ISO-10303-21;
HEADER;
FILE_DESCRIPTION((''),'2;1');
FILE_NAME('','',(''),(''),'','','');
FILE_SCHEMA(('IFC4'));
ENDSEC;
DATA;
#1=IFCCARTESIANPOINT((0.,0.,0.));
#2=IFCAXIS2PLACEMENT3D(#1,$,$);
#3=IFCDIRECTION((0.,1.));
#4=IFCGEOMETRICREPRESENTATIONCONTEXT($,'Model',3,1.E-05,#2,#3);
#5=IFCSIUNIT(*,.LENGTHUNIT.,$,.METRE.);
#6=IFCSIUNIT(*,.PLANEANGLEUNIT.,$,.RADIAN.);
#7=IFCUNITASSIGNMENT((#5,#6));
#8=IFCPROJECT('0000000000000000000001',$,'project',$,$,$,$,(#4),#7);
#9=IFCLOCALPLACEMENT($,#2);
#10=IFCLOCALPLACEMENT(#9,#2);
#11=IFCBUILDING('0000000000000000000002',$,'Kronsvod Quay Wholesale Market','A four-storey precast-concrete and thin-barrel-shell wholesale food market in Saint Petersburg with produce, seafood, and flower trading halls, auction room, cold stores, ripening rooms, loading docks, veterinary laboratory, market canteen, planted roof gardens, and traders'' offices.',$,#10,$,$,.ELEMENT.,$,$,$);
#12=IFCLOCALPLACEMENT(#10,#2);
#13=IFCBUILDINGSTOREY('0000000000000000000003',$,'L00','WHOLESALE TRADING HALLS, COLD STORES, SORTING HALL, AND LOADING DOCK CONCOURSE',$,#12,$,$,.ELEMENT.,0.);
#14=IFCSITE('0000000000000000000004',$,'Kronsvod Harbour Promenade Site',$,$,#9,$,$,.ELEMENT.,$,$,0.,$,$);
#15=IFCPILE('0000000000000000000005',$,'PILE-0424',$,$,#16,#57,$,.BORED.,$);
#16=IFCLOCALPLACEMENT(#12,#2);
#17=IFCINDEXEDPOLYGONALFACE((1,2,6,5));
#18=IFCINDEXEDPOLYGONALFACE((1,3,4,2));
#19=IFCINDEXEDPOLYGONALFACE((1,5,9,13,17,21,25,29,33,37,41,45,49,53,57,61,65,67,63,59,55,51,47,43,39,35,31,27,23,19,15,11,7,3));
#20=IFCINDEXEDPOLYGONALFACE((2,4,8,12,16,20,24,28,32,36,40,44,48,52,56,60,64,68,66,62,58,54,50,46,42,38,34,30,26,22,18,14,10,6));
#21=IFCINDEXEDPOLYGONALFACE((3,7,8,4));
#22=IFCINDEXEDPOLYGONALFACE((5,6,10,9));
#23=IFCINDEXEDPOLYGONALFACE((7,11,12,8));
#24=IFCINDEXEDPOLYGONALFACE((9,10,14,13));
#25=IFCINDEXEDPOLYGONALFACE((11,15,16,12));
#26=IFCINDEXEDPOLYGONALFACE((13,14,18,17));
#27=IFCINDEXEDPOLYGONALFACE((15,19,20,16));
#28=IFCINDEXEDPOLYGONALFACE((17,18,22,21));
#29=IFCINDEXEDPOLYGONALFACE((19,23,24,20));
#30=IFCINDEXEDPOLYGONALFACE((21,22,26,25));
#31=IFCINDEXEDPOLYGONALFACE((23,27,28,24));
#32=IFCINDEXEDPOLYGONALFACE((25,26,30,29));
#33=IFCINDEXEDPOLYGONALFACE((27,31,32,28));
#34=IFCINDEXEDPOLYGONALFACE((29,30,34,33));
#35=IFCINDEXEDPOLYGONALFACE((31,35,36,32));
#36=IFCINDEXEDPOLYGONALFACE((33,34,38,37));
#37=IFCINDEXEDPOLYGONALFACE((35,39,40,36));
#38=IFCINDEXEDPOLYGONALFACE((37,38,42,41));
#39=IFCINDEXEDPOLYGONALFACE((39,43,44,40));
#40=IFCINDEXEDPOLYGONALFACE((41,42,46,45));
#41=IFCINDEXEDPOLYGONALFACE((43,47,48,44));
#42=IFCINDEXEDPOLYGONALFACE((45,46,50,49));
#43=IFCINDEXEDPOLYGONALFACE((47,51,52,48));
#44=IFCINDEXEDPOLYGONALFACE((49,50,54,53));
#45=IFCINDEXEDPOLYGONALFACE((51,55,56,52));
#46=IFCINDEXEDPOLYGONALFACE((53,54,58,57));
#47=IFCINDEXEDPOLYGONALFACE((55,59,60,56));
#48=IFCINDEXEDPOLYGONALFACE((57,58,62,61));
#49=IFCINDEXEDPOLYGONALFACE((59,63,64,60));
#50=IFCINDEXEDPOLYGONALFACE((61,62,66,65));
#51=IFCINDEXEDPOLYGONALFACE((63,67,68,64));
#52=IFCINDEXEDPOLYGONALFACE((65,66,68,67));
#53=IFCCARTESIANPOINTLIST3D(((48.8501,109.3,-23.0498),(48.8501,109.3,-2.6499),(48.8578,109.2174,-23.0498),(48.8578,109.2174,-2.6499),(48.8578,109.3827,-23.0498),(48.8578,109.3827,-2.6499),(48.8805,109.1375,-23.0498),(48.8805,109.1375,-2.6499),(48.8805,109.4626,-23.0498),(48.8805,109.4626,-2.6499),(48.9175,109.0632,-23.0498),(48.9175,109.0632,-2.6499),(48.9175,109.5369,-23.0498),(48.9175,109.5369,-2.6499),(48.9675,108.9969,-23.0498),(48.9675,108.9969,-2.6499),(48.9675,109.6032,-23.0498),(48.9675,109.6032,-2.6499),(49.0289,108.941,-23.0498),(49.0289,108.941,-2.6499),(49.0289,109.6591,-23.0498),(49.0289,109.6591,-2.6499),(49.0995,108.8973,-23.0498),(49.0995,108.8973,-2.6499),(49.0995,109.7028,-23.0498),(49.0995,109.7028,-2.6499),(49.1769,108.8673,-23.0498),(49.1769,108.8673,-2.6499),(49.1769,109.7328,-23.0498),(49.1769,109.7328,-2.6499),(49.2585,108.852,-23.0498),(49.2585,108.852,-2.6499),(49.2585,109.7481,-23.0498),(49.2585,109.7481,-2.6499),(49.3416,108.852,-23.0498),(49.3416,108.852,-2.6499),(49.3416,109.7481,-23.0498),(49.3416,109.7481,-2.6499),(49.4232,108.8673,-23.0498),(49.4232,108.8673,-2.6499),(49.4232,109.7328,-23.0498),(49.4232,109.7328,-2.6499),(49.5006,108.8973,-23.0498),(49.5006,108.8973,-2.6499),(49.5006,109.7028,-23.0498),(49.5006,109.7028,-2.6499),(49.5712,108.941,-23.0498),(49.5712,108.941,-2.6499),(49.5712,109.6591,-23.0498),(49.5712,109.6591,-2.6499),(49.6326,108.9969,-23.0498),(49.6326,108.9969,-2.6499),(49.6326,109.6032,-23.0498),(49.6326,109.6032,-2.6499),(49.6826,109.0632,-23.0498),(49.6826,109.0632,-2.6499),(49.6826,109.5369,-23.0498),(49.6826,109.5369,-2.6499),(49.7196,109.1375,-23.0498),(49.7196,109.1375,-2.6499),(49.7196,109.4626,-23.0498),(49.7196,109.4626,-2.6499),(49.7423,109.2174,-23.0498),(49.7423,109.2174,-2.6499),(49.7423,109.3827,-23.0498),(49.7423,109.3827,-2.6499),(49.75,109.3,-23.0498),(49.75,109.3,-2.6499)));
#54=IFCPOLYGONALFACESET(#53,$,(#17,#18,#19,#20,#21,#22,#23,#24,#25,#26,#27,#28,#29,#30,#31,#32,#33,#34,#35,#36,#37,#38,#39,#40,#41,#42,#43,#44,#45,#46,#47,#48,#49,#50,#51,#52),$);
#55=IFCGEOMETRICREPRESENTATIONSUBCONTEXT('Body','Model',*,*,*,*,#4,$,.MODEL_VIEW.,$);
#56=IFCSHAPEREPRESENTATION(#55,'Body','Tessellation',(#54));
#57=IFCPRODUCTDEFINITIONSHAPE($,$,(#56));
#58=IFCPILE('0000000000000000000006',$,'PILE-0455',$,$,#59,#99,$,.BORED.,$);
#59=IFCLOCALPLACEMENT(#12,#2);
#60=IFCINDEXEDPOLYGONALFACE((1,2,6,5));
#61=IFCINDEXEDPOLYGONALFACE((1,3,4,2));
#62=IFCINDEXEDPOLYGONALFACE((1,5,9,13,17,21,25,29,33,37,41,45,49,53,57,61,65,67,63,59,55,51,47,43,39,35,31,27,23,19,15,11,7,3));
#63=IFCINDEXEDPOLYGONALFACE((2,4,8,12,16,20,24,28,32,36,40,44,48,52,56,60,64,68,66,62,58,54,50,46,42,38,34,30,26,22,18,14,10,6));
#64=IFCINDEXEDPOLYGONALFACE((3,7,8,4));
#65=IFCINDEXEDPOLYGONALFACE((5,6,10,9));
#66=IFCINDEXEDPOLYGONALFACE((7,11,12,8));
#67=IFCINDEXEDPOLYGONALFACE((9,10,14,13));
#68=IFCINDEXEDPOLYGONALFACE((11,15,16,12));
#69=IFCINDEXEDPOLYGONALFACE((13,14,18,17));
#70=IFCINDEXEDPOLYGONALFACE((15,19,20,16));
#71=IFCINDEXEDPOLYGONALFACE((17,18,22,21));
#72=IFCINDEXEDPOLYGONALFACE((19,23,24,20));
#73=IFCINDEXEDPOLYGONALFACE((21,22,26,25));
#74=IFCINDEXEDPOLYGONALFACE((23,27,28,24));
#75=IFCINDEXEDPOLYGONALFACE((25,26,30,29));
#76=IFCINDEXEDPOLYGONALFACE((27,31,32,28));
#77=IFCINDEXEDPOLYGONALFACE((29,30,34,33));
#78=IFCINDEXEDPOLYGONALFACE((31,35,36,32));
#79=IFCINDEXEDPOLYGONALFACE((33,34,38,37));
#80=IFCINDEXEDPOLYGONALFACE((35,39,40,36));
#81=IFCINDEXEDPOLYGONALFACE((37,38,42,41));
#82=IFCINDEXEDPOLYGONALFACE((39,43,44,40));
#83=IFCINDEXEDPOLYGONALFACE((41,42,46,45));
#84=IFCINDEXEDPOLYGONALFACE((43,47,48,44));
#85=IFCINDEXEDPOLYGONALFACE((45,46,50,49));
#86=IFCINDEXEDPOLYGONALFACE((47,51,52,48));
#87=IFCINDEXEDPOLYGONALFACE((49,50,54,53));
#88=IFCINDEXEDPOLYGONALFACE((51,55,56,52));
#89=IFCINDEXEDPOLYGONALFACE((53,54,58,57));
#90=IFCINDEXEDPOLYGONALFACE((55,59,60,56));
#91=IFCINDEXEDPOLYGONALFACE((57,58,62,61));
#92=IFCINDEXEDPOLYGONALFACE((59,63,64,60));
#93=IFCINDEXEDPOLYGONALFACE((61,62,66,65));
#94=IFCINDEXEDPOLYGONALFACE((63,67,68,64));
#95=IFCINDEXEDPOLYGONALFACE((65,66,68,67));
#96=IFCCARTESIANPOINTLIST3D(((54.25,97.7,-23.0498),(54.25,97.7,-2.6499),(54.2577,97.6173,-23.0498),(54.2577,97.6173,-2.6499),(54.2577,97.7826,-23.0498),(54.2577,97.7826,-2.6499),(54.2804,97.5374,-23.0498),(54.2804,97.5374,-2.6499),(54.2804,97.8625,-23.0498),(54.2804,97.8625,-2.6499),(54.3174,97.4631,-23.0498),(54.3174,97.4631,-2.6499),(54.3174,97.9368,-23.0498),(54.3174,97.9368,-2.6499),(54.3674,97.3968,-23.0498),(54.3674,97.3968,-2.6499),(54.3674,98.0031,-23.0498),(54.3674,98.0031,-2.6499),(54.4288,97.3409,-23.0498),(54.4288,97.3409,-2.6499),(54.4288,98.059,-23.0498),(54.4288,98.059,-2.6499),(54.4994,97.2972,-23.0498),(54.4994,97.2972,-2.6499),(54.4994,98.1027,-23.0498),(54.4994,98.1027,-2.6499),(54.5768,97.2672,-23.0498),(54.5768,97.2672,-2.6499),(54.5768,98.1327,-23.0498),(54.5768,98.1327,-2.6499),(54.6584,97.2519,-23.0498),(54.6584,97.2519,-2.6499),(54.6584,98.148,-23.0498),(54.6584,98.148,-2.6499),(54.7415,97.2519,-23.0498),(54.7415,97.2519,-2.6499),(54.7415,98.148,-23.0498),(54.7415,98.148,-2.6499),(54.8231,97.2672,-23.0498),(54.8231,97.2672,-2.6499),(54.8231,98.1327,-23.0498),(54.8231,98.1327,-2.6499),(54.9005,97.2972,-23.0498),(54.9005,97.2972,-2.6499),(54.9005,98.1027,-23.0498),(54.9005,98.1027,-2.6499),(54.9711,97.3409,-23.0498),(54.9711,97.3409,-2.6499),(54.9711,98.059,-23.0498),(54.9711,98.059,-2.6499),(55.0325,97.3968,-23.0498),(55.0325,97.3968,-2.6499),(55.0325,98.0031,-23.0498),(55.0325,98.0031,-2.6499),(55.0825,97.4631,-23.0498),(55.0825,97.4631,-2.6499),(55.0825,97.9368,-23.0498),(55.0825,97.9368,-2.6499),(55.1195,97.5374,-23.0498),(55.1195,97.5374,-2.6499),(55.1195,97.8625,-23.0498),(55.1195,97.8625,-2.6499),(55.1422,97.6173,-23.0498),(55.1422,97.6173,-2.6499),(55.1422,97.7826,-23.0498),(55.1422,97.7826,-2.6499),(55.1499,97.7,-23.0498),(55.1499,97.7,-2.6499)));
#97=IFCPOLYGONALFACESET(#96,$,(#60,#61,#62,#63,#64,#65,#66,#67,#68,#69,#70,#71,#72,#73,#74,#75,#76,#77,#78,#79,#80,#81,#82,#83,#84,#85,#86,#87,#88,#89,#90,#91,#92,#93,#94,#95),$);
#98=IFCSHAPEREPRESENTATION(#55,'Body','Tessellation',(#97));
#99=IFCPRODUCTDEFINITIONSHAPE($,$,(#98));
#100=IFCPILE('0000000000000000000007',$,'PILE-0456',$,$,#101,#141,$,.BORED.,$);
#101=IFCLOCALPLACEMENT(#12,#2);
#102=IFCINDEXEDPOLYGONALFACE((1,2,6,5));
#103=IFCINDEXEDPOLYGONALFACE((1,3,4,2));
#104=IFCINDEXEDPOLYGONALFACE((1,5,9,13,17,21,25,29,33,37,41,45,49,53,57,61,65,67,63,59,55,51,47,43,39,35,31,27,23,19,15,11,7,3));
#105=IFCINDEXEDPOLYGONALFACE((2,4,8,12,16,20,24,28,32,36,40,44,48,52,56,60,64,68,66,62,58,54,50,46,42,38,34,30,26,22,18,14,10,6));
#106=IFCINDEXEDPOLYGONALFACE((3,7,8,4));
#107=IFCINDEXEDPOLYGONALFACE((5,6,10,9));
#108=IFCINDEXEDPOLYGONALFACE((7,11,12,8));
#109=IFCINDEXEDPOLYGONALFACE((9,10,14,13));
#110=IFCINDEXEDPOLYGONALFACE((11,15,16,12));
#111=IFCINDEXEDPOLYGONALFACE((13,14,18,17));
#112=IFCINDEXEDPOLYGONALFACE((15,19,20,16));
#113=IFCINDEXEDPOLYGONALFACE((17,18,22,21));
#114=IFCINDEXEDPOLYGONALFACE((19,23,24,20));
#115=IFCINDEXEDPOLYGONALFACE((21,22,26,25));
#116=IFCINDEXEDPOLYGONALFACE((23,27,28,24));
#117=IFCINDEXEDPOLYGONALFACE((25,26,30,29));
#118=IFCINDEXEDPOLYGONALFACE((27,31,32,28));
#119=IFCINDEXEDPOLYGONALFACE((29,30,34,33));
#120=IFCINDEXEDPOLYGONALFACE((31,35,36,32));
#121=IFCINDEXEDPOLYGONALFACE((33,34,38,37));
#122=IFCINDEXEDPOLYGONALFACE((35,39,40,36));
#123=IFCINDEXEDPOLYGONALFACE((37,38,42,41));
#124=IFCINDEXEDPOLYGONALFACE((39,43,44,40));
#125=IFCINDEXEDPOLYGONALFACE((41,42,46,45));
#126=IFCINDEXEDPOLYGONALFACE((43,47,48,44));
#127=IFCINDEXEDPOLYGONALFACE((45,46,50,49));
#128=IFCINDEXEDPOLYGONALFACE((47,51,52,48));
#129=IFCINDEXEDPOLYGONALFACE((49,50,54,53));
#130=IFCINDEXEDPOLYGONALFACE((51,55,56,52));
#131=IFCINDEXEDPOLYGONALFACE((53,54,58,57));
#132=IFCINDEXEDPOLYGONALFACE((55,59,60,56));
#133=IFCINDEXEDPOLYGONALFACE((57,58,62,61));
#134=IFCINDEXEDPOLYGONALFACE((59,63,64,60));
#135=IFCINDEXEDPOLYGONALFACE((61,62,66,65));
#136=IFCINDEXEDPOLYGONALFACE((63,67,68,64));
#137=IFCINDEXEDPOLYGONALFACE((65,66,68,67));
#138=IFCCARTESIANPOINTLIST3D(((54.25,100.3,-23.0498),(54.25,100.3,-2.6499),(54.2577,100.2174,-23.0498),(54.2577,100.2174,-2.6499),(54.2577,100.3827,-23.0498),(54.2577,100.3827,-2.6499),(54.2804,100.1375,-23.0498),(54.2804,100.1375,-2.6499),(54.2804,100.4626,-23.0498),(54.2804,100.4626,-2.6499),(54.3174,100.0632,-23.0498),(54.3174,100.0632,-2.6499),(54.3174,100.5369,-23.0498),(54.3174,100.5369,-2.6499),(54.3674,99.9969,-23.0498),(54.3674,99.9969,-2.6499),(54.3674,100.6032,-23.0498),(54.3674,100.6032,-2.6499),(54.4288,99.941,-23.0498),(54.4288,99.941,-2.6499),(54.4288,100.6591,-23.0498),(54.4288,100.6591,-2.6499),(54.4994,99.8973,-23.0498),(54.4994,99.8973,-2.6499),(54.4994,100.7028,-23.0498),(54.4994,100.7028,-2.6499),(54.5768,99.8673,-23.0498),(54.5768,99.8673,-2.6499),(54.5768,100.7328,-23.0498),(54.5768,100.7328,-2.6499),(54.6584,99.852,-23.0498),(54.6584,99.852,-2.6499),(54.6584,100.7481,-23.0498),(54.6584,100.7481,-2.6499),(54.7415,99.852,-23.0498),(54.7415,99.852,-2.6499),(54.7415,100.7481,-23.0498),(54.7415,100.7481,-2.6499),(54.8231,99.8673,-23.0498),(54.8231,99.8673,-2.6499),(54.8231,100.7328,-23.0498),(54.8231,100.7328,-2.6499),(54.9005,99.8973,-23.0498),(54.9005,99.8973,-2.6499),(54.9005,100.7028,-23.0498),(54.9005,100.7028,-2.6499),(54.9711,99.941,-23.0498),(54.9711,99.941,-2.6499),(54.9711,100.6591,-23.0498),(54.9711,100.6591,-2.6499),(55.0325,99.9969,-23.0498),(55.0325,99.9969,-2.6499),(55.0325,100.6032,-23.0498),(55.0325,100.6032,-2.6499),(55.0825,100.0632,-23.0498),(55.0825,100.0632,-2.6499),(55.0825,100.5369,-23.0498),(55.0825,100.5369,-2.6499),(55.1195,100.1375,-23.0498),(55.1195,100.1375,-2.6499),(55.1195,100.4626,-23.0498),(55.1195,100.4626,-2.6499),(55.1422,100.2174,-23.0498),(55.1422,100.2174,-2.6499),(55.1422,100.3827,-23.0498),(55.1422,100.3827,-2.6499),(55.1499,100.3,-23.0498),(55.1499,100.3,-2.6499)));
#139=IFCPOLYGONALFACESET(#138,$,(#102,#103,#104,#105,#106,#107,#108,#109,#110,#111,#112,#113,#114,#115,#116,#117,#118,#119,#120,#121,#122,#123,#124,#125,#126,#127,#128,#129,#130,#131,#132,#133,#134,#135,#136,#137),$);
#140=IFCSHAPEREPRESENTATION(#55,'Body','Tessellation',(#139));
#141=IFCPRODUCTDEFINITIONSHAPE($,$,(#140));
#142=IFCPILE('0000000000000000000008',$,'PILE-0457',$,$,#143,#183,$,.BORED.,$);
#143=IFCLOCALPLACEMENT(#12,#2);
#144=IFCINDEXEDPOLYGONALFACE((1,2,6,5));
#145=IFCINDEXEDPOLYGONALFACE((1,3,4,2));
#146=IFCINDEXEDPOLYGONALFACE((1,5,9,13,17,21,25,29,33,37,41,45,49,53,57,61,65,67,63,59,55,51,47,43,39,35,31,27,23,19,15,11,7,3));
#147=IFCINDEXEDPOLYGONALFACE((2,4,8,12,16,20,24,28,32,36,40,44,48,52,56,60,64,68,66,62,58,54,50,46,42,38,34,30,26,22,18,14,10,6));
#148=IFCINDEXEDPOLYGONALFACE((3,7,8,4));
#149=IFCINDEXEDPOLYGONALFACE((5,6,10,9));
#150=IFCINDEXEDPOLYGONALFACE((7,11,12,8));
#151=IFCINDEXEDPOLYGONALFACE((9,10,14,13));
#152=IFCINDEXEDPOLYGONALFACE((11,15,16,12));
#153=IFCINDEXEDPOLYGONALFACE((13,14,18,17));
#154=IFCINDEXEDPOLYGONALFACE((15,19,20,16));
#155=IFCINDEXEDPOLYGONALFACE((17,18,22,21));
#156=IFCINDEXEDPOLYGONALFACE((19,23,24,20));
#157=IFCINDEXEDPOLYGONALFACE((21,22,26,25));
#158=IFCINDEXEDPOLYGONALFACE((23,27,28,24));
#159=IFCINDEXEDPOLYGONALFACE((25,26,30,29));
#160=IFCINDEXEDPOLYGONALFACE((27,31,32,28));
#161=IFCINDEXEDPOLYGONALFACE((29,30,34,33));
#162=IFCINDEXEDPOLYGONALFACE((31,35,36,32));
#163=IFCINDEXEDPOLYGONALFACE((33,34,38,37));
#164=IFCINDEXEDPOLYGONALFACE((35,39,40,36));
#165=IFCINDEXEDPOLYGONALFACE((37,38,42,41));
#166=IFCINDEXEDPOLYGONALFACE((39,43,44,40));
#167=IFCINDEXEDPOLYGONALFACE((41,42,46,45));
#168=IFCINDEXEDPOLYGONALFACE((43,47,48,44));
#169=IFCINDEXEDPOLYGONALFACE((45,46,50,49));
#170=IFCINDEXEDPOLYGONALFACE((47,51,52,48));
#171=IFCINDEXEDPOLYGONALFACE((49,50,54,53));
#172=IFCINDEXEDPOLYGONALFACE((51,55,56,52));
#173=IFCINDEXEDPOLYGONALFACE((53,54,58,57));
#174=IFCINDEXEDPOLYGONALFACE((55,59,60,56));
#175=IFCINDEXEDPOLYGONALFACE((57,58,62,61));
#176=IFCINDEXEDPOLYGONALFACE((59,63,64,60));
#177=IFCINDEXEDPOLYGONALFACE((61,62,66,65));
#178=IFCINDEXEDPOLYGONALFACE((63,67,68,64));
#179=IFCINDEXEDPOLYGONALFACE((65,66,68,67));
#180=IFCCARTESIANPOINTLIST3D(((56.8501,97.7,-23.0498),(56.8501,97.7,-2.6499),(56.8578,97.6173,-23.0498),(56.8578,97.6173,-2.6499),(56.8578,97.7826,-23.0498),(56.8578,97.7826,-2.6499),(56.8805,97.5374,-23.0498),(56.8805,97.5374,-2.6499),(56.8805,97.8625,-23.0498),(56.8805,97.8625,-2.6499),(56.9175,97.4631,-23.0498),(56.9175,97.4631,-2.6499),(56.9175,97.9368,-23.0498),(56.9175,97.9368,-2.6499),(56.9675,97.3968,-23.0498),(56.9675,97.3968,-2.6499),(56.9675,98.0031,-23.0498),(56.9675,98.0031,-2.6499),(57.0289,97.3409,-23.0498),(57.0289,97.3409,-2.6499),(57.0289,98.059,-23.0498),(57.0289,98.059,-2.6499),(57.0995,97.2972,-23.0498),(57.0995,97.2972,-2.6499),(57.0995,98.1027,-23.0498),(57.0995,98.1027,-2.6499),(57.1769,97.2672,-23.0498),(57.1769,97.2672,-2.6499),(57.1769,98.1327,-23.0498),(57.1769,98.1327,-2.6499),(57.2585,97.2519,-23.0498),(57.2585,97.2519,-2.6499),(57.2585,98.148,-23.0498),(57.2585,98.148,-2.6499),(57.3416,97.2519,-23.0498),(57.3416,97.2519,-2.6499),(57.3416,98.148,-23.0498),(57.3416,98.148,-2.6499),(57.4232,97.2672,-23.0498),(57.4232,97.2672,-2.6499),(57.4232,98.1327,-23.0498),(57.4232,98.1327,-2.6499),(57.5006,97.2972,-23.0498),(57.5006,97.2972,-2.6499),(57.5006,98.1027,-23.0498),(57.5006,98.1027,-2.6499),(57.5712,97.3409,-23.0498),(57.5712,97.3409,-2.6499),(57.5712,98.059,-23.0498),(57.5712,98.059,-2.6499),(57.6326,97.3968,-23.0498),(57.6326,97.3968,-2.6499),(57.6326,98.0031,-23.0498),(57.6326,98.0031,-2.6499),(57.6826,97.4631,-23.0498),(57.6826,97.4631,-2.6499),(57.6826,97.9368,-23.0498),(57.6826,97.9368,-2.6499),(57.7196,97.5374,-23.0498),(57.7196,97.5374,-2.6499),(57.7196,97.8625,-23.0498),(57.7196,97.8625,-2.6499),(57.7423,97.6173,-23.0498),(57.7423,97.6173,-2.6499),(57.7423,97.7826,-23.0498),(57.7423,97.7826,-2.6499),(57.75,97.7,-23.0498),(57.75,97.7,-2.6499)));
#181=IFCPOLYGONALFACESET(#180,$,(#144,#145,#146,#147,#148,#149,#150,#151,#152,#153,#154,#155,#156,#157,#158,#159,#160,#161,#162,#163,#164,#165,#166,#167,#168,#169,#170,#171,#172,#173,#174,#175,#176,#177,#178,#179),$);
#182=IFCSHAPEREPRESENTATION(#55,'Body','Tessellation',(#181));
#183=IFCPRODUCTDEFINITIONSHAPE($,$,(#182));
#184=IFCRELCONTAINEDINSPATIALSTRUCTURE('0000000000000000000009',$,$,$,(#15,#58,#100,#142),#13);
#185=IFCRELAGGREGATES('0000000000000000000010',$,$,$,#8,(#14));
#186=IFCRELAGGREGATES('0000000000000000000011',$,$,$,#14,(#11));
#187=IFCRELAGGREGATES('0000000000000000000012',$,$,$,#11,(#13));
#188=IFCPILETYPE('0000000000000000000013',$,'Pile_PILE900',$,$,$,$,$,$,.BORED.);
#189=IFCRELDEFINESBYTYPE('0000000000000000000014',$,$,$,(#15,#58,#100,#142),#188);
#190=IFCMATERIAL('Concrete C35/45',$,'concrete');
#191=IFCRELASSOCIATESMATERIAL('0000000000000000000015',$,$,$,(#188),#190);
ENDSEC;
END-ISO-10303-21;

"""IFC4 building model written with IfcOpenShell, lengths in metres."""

from ifc_helpers import new_model, si_unit, direction, frame, origin, origin_2d, place, context, subcontext, project, spatial, circle, extrude, material, material_profile, profile_set, type_object, element, save


model = new_model("IFC4")

# Units and contexts
model_context = context("Model", 3, precision=1e-05, world=origin(), true_north=direction((0.0, 1.0)))
body_context = subcontext(model_context, "Body", "Model", "MODEL_VIEW")
ifc_project = project(units=[si_unit("LENGTHUNIT", "METRE"), si_unit("PLANEANGLEUNIT", "RADIAN")], contexts=[model_context])

# Site, building, storey
site_placement = place(None, origin())
site = spatial("IfcSite", under=ifc_project, at=site_placement, Name="Kronsvod Harbour Promenade Site", CompositionType="ELEMENT", RefElevation=0.0)
building_placement = place(site_placement, origin())
building = spatial("IfcBuilding", under=site, at=building_placement, Name="Kronsvod Quay Wholesale Market", Description="A four-storey precast-concrete and thin-barrel-shell wholesale food market in Saint Petersburg with produce, seafood, and flower trading halls, auction room, cold stores, ripening rooms, loading docks, veterinary laboratory, market canteen, planted roof gardens, and traders' offices.", CompositionType="ELEMENT")
storey_placement = place(building_placement, origin())
storey = spatial("IfcBuildingStorey", under=building, at=storey_placement, Name="L00", Description="WHOLESALE TRADING HALLS, COLD STORES, SORTING HALL, AND LOADING DOCK CONCOURSE", CompositionType="ELEMENT", Elevation=0.0)

# Piles
ifc_material_1 = material(Name="Concrete C35/45", Category="concrete")
ifc_material_profile_1 = material_profile(ifc_material_1, circle(Radius=0.45, at=origin_2d()), Name="PILE900")
ifc_profile_set_1 = profile_set([ifc_material_profile_1], Name="Concrete C35/45")
pile_type = type_object("IfcPileType", Name="Pile_PILE900", PredefinedType="BORED", material=ifc_profile_set_1)
for number, where, z_axis, x_axis, name in (
    (1, (49.3, 109.3, -2.6499), (0.0, 0.0, -1.0), (1.0, 0.0, 0.0), "PILE-0424"),
    (2, (54.7, 97.7, -2.6499), (0.0, 0.0, -1.0), (1.0, 0.0, 0.0), "PILE-0455"),
    (3, (54.7, 100.3, -2.6499), (0.0, 0.0, -1.0), (1.0, 0.0, 0.0), "PILE-0456"),
    (4, (57.3, 97.7, -2.6499), (0.0, 0.0, -1.0), (1.0, 0.0, 0.0), "PILE-0457"),
):
    element("IfcPile", number, at=place(storey_placement, frame(where, z_axis=z_axis, x_axis=x_axis)), inside=storey, type_object=pile_type, Name=name, PredefinedType="BORED", context=body_context, shape_type="SweptSolid", body=[
        extrude(circle(Radius=0.45, at=origin_2d()), origin(), (0.0, 0.0, 1.0), 20.3999),
    ])

save(model, "model.ifc")
